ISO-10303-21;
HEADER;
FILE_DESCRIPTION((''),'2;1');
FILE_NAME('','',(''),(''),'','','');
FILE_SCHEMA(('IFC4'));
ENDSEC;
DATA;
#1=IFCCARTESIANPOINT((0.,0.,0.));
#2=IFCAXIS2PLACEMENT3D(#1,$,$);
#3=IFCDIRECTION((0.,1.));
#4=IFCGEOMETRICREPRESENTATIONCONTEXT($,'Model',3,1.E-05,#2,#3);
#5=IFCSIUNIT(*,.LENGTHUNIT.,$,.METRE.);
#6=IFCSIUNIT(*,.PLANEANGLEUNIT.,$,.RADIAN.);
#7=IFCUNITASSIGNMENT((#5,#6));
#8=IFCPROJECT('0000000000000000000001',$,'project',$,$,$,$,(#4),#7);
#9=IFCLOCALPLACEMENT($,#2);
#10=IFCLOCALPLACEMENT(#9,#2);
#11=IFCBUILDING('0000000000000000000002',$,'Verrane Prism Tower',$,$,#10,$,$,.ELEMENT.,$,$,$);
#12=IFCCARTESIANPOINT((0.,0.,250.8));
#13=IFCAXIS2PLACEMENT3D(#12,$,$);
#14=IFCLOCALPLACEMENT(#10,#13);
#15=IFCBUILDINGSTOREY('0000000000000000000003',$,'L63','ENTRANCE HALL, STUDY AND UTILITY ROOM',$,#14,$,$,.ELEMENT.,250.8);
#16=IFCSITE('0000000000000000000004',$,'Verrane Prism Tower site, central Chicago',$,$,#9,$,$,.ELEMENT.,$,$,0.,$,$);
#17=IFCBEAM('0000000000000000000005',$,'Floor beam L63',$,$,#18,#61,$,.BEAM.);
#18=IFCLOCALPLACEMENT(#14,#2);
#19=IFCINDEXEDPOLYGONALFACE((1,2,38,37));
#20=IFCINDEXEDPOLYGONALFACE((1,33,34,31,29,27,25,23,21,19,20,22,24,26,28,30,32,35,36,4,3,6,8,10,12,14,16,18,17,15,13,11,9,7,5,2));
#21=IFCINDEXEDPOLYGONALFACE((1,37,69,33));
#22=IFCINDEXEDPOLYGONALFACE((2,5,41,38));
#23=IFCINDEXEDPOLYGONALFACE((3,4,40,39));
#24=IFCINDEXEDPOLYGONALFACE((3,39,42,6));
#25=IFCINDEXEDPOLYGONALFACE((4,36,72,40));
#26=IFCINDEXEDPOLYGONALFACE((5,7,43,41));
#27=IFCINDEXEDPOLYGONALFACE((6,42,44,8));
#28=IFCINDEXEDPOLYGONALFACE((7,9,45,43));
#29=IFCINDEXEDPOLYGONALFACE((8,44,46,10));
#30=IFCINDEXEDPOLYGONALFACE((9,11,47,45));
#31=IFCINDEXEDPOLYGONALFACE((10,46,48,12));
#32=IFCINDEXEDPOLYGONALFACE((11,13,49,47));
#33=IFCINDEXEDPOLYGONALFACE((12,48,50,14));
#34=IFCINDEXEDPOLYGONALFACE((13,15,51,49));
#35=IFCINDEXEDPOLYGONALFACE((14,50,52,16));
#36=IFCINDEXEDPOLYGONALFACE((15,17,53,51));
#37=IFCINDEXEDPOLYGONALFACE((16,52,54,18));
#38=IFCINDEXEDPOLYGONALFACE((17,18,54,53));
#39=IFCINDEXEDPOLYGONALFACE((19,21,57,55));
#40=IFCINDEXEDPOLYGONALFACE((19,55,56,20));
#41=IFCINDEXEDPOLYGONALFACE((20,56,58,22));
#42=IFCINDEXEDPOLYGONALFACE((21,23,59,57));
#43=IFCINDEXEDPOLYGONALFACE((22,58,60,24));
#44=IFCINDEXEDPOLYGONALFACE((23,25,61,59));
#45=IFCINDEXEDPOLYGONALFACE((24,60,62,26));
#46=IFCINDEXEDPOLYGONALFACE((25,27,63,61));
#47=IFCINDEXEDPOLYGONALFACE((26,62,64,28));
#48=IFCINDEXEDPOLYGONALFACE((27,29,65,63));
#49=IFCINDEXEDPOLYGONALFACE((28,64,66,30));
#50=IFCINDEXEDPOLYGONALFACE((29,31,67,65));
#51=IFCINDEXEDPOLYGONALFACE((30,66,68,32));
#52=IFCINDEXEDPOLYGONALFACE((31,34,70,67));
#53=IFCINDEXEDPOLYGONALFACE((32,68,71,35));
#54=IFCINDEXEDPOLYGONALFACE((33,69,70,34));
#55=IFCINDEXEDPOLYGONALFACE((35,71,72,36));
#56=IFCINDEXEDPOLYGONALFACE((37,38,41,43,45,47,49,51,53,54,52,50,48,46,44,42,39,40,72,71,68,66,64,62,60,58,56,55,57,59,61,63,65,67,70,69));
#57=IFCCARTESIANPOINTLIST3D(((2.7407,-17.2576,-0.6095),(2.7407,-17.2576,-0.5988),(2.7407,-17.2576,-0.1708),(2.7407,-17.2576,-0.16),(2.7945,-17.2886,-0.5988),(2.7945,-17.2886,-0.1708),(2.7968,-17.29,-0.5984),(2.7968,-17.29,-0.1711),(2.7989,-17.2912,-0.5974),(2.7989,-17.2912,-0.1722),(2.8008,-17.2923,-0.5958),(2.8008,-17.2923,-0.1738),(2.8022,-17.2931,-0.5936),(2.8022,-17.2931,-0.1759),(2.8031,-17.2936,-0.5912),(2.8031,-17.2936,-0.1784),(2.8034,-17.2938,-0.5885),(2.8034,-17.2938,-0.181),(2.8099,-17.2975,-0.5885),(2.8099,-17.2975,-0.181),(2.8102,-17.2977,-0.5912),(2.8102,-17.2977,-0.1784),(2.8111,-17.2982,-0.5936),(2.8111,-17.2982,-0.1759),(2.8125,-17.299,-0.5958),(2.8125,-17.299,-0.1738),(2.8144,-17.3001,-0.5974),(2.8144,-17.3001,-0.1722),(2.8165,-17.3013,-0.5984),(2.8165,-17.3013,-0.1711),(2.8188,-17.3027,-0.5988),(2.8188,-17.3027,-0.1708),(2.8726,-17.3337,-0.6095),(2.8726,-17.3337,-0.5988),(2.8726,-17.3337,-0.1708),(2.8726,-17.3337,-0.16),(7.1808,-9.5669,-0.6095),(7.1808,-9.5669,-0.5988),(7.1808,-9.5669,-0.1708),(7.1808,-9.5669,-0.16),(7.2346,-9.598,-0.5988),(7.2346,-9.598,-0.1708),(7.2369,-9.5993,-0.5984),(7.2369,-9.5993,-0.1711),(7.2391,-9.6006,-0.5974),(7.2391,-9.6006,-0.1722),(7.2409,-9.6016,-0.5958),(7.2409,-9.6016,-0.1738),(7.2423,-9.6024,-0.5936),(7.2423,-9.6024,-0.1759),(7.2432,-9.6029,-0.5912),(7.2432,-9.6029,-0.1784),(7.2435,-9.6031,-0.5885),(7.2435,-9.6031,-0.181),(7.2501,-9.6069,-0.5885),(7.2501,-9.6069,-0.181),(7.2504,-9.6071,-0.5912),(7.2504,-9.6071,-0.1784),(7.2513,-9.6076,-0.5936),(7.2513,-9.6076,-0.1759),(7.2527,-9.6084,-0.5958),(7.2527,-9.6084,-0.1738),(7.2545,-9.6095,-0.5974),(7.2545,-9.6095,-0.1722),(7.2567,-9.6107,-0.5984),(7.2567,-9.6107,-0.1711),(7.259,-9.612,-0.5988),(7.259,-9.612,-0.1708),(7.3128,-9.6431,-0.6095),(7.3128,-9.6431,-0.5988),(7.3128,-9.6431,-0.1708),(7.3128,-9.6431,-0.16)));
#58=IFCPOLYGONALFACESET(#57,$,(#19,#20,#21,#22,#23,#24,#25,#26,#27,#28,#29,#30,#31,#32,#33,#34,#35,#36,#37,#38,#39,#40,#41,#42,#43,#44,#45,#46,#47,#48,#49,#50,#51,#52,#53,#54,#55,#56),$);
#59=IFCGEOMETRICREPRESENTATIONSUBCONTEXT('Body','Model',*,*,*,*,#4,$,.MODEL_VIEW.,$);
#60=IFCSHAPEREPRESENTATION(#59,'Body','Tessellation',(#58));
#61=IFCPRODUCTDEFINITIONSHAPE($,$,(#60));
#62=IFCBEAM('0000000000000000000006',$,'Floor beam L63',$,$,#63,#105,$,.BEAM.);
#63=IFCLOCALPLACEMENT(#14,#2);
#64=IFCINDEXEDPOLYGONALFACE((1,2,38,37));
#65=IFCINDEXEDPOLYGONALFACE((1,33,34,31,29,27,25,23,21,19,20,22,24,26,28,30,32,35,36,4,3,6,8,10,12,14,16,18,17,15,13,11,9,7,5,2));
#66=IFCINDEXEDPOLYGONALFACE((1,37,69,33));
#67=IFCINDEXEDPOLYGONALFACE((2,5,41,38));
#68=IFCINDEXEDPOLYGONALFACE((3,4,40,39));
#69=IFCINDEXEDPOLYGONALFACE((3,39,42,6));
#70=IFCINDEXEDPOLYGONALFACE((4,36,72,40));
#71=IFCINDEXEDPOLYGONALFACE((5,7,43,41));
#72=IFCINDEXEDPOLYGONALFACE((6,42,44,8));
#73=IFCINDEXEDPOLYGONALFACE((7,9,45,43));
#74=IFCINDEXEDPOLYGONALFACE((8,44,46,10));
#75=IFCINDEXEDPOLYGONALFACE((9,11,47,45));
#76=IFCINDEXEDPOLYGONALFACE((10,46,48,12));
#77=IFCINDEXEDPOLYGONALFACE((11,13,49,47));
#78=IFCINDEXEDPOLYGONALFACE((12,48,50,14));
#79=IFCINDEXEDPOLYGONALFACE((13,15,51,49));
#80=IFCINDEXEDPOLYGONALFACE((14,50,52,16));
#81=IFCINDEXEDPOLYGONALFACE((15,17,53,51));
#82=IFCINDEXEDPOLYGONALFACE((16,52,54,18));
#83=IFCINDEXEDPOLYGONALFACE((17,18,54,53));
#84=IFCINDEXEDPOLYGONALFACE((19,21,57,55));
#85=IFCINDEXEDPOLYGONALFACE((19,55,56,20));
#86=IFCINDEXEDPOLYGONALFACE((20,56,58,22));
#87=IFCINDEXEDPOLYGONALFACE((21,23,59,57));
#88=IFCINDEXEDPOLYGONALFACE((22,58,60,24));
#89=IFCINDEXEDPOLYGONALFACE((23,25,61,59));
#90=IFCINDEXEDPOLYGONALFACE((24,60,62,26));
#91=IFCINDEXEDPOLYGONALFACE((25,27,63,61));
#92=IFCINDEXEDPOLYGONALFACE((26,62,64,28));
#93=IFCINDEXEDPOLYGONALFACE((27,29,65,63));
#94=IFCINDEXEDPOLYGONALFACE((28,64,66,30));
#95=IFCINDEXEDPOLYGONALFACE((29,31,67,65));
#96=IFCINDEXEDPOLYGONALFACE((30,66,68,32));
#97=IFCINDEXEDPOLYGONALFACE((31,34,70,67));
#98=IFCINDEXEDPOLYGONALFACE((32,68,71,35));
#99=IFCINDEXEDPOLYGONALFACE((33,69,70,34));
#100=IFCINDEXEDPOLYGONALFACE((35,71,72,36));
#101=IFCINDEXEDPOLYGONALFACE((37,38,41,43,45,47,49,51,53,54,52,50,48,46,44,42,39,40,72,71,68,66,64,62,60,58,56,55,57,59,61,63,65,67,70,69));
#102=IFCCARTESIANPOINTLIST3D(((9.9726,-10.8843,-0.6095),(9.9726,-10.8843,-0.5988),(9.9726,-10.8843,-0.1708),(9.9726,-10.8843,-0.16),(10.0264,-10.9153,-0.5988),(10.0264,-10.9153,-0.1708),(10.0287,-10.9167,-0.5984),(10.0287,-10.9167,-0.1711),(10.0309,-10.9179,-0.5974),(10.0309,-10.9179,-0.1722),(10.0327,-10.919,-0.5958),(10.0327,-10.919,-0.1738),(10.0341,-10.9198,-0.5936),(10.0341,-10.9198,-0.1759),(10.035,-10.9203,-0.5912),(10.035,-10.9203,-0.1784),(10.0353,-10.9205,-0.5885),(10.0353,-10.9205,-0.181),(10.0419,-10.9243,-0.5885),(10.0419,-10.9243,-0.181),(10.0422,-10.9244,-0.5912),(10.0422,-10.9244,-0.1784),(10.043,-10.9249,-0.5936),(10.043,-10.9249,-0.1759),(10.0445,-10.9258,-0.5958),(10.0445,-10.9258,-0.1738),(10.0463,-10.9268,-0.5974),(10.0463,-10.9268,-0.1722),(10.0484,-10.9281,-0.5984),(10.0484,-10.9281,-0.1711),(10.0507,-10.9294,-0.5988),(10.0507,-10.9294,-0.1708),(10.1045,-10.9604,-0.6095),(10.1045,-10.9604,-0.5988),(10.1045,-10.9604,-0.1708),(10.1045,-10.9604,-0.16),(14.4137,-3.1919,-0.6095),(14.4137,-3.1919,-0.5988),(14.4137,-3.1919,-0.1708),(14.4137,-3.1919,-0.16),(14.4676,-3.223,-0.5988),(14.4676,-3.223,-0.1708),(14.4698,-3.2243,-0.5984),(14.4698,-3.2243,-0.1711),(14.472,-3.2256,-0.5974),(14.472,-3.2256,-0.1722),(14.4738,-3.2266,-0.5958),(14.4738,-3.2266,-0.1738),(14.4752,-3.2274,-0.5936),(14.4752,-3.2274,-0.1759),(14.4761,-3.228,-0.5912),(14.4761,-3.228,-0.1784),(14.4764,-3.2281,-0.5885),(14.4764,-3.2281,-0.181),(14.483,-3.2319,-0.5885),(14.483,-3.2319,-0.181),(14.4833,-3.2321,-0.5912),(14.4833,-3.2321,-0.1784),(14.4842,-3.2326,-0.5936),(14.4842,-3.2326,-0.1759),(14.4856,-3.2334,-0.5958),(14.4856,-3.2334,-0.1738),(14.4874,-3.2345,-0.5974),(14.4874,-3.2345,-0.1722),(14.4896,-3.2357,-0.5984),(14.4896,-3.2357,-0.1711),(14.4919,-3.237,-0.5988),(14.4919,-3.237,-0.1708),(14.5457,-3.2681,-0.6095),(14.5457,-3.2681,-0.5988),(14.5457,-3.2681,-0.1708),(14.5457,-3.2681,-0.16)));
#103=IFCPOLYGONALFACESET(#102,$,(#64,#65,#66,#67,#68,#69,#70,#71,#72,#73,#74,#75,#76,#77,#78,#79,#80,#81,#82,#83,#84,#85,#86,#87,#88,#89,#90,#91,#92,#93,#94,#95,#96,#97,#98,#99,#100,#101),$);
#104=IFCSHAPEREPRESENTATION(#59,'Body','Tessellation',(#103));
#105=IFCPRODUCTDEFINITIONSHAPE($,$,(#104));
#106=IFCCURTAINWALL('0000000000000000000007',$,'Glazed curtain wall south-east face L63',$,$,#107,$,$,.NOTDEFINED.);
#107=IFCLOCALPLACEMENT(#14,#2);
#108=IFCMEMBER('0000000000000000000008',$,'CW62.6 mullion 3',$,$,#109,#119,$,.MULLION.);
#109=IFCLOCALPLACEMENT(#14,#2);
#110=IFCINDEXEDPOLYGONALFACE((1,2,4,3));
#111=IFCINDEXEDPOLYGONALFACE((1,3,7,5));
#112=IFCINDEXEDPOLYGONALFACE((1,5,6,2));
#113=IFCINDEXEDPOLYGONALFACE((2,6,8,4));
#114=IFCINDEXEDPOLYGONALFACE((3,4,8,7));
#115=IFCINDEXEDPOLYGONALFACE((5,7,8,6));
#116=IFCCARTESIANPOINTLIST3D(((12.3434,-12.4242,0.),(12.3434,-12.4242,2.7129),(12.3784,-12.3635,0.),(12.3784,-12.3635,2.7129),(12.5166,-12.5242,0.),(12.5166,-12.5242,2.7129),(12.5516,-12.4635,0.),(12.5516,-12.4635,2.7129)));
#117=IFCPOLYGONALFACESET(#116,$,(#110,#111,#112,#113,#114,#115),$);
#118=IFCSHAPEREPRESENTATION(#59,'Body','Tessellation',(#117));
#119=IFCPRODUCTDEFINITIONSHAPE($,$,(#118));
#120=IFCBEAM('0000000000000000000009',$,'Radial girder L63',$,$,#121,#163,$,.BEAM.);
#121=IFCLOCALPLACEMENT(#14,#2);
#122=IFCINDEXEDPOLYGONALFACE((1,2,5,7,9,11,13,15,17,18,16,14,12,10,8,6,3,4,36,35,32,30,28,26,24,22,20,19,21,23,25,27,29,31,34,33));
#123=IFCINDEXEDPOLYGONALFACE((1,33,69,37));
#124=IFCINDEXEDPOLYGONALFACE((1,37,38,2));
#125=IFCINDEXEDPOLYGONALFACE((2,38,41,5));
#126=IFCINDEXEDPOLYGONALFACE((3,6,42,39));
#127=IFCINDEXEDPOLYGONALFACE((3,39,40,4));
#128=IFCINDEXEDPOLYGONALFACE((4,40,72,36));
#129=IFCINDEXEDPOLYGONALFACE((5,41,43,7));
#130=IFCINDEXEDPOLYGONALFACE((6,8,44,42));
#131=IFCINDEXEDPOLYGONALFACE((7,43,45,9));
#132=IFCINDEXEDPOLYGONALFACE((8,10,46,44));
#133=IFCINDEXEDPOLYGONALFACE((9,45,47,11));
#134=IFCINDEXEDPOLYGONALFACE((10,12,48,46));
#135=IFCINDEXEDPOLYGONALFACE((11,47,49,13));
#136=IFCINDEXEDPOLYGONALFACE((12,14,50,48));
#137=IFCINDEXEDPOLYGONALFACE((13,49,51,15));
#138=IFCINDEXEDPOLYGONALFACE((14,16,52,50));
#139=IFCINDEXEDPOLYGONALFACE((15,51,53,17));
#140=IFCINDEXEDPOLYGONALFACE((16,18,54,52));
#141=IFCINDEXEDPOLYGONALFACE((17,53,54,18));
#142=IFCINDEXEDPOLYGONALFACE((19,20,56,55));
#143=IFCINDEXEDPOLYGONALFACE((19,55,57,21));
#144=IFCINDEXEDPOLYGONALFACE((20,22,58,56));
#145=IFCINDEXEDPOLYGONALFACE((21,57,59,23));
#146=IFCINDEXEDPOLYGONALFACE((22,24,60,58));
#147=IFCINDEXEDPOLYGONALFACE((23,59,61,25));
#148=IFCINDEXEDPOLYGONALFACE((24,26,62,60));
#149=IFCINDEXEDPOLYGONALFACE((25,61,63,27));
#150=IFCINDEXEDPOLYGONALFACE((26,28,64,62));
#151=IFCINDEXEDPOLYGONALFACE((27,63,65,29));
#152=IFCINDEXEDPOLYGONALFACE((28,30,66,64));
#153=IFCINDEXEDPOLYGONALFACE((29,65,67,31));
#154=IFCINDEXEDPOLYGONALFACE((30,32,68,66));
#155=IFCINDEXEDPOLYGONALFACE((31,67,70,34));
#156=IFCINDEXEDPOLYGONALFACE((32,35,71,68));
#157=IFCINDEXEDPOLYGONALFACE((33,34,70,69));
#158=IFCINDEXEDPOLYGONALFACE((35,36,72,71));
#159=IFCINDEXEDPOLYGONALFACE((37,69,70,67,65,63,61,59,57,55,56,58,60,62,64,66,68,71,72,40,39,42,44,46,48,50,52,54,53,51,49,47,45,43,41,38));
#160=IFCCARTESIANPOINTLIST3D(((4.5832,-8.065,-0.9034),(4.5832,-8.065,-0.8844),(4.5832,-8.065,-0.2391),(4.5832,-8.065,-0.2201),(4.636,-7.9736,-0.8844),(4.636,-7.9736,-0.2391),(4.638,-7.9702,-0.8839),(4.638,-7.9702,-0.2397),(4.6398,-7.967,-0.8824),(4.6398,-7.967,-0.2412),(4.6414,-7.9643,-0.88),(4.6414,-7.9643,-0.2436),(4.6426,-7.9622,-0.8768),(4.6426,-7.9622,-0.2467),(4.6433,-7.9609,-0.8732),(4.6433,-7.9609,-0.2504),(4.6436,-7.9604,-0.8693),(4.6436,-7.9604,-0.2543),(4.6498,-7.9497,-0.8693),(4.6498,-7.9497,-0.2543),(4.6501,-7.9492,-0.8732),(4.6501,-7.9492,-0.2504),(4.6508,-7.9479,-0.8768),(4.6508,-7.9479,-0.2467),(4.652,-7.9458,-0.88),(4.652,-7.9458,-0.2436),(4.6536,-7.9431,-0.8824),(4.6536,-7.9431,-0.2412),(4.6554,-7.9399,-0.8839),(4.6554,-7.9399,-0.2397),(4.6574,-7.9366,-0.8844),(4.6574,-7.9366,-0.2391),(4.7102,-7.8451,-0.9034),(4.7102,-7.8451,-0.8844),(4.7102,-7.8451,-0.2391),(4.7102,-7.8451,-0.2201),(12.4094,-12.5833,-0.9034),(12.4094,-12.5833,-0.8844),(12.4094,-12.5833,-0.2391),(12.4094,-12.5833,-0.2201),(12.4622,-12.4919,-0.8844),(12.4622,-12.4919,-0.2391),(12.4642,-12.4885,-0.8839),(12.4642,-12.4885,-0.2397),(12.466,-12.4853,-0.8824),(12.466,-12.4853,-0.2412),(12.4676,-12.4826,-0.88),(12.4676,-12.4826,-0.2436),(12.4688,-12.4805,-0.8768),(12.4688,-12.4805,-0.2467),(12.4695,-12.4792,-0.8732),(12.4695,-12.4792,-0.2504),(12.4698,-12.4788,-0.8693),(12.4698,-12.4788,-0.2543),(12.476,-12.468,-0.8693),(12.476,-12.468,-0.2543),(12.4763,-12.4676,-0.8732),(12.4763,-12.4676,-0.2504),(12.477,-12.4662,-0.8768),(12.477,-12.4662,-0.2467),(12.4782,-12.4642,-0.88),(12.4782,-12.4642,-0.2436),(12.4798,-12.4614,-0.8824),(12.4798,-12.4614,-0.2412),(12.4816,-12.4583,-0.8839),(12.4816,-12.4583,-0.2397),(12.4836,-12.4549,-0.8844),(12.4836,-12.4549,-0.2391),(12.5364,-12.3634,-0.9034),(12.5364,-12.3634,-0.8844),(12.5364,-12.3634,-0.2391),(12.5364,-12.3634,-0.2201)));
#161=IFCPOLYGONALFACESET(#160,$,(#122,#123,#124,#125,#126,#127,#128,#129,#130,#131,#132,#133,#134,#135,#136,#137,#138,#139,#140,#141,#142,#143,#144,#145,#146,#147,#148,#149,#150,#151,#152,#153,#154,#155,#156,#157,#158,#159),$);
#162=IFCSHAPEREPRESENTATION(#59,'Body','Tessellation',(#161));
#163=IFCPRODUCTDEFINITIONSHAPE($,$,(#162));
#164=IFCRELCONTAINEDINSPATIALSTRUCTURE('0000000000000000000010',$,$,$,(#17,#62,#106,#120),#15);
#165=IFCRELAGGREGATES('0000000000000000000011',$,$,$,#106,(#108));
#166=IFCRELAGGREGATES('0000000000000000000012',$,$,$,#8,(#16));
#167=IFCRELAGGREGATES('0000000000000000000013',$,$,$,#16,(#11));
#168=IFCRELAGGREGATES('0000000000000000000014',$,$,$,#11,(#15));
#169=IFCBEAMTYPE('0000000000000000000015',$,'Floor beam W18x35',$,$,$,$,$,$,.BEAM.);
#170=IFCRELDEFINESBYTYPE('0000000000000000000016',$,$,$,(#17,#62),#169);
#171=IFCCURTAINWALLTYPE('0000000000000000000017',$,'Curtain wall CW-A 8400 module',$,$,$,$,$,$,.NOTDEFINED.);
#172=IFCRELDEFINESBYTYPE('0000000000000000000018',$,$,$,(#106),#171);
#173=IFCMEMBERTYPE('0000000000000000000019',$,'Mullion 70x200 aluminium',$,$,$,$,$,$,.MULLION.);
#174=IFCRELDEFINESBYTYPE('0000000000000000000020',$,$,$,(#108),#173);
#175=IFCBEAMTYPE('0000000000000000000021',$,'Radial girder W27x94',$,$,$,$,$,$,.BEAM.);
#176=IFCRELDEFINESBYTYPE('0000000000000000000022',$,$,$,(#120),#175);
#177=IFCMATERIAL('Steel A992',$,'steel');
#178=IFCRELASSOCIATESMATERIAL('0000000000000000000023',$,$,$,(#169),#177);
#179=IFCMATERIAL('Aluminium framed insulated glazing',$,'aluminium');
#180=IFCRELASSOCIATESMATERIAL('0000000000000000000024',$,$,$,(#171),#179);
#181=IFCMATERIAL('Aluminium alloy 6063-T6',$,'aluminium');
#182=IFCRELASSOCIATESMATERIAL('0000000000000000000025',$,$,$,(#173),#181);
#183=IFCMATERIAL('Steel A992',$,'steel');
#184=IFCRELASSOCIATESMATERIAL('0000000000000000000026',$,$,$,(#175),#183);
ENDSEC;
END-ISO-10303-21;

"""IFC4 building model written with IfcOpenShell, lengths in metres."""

from ifc_helpers import new_model, si_unit, direction, frame, origin, origin_2d, place, context, subcontext, project, spatial, rectangle, i_section, extrude, material, material_profile, profile_set, type_object, element, aggregate, save


model = new_model("IFC4")

# Units and contexts
model_context = context("Model", 3, precision=1e-05, world=origin(), true_north=direction((0.0, 1.0)))
body_context = subcontext(model_context, "Body", "Model", "MODEL_VIEW")
ifc_project = project(units=[si_unit("LENGTHUNIT", "METRE"), si_unit("PLANEANGLEUNIT", "RADIAN")], contexts=[model_context])

# Site, building, storey
site_placement = place(None, origin())
site = spatial("IfcSite", under=ifc_project, at=site_placement, Name="Verrane Prism Tower site, central Chicago", CompositionType="ELEMENT", RefElevation=0.0)
building_placement = place(site_placement, origin())
building = spatial("IfcBuilding", under=site, at=building_placement, Name="Verrane Prism Tower", CompositionType="ELEMENT")
storey_placement = place(building_placement, frame((0.0, 0.0, 250.8)))
storey = spatial("IfcBuildingStorey", under=building, at=storey_placement, Name="L63", Description="ENTRANCE HALL, STUDY AND UTILITY ROOM", CompositionType="ELEMENT", Elevation=250.8)

# Beams
ifc_material_1 = material(Name="Steel A992", Category="steel")
ifc_material_profile_1 = material_profile(ifc_material_1, i_section(OverallWidth=0.1523, OverallDepth=0.4495, WebThickness=0.0076, FlangeThickness=0.0107, FilletRadius=0.0103, at=origin_2d()), Name="W18x35")
ifc_profile_set_1 = profile_set([ifc_material_profile_1], Name="Steel A992")
beam_type_1 = type_object("IfcBeamType", Name="Floor beam W18x35", PredefinedType="BEAM", material=ifc_profile_set_1)
beam_1_placement = place(storey_placement, frame((2.8066, -17.2957, -0.3848), z_axis=(0.499998, 0.866027, 0.0), x_axis=(-0.866027, 0.499998, 0.0)))
element("IfcBeam", 1, at=beam_1_placement, inside=storey, type_object=beam_type_1, Name="Floor beam L63", PredefinedType="BEAM", context=body_context, shape_type="SweptSolid", body=[
    extrude(i_section(OverallWidth=0.1523, OverallDepth=0.4495, WebThickness=0.0076, FlangeThickness=0.0107, FilletRadius=0.0103, at=origin_2d()), origin(), (0.0, 0.0, 1.0), 8.8804),
])
beam_2_placement = place(storey_placement, frame((10.0386, -10.9224, -0.3848), z_axis=(0.499997, 0.866027, 0.0), x_axis=(-0.866027, 0.499997, 0.0)))
element("IfcBeam", 2, at=beam_2_placement, inside=storey, type_object=beam_type_1, Name="Floor beam L63", PredefinedType="BEAM", context=body_context, shape_type="SweptSolid", body=[
    extrude(i_section(OverallWidth=0.1523, OverallDepth=0.4495, WebThickness=0.0076, FlangeThickness=0.0107, FilletRadius=0.0103, at=origin_2d()), origin(), (0.0, 0.0, 1.0), 8.8823),
])

# Curtain wall, member
ifc_material_2 = material(Name="Aluminium framed insulated glazing", Category="aluminium")
curtain_wall_type = type_object("IfcCurtainWallType", Name="Curtain wall CW-A 8400 module", PredefinedType="NOTDEFINED", material=ifc_material_2)
curtain_wall_placement = place(storey_placement, origin())
curtain_wall = element("IfcCurtainWall", 3, at=curtain_wall_placement, inside=storey, type_object=curtain_wall_type, Name="Glazed curtain wall south-east face L63", PredefinedType="NOTDEFINED")
ifc_material_3 = material(Name="Aluminium alloy 6063-T6", Category="aluminium")
ifc_material_profile_2 = material_profile(ifc_material_3, rectangle(XDim=0.2, YDim=0.0701, at=origin_2d()), Name="Mullion 70x200 aluminium")
ifc_profile_set_2 = profile_set([ifc_material_profile_2], Name="Aluminium alloy 6063-T6")
member_type_1 = type_object("IfcMemberType", Name="Mullion 70x200 aluminium", PredefinedType="MULLION", material=ifc_profile_set_2)
member_1_placement = place(storey_placement, frame((12.4475, -12.4438, 0.0), z_axis=(0.0, 0.0, 1.0), x_axis=(-0.866026, 0.5, 0.0)))
member_1 = element("IfcMember", 4, at=member_1_placement, type_object=member_type_1, Name="CW62.6 mullion 3", PredefinedType="MULLION", context=body_context, shape_type="SweptSolid", body=[
    extrude(rectangle(XDim=0.2, YDim=0.0701, at=origin_2d()), origin(), (0.0, 0.0, 1.0), 2.7129),
])

# Beam
ifc_material_4 = material(Name="Steel A992", Category="steel")
ifc_material_profile_3 = material_profile(ifc_material_4, i_section(OverallWidth=0.2539, OverallDepth=0.6833, WebThickness=0.0125, FlangeThickness=0.019, FilletRadius=0.0151, at=origin_2d()), Name="W27x94")
ifc_profile_set_3 = profile_set([ifc_material_profile_3], Name="Steel A992")
beam_type_2 = type_object("IfcBeamType", Name="Radial girder W27x94", PredefinedType="BEAM", material=ifc_profile_set_3)
beam_3_placement = place(storey_placement, frame((12.4729, -12.4734, -0.5618), z_axis=(-0.866032, 0.499989, 0.0), x_axis=(-0.499989, -0.866032, 0.0)))
element("IfcBeam", 5, at=beam_3_placement, inside=storey, type_object=beam_type_2, Name="Radial girder L63", PredefinedType="BEAM", context=body_context, shape_type="SweptSolid", body=[
    extrude(i_section(OverallWidth=0.2539, OverallDepth=0.6833, WebThickness=0.0125, FlangeThickness=0.019, FilletRadius=0.0151, at=origin_2d()), origin(), (0.0, 0.0, 1.0), 9.0369),
])

aggregate(curtain_wall, [member_1])

save(model, "model.ifc")
